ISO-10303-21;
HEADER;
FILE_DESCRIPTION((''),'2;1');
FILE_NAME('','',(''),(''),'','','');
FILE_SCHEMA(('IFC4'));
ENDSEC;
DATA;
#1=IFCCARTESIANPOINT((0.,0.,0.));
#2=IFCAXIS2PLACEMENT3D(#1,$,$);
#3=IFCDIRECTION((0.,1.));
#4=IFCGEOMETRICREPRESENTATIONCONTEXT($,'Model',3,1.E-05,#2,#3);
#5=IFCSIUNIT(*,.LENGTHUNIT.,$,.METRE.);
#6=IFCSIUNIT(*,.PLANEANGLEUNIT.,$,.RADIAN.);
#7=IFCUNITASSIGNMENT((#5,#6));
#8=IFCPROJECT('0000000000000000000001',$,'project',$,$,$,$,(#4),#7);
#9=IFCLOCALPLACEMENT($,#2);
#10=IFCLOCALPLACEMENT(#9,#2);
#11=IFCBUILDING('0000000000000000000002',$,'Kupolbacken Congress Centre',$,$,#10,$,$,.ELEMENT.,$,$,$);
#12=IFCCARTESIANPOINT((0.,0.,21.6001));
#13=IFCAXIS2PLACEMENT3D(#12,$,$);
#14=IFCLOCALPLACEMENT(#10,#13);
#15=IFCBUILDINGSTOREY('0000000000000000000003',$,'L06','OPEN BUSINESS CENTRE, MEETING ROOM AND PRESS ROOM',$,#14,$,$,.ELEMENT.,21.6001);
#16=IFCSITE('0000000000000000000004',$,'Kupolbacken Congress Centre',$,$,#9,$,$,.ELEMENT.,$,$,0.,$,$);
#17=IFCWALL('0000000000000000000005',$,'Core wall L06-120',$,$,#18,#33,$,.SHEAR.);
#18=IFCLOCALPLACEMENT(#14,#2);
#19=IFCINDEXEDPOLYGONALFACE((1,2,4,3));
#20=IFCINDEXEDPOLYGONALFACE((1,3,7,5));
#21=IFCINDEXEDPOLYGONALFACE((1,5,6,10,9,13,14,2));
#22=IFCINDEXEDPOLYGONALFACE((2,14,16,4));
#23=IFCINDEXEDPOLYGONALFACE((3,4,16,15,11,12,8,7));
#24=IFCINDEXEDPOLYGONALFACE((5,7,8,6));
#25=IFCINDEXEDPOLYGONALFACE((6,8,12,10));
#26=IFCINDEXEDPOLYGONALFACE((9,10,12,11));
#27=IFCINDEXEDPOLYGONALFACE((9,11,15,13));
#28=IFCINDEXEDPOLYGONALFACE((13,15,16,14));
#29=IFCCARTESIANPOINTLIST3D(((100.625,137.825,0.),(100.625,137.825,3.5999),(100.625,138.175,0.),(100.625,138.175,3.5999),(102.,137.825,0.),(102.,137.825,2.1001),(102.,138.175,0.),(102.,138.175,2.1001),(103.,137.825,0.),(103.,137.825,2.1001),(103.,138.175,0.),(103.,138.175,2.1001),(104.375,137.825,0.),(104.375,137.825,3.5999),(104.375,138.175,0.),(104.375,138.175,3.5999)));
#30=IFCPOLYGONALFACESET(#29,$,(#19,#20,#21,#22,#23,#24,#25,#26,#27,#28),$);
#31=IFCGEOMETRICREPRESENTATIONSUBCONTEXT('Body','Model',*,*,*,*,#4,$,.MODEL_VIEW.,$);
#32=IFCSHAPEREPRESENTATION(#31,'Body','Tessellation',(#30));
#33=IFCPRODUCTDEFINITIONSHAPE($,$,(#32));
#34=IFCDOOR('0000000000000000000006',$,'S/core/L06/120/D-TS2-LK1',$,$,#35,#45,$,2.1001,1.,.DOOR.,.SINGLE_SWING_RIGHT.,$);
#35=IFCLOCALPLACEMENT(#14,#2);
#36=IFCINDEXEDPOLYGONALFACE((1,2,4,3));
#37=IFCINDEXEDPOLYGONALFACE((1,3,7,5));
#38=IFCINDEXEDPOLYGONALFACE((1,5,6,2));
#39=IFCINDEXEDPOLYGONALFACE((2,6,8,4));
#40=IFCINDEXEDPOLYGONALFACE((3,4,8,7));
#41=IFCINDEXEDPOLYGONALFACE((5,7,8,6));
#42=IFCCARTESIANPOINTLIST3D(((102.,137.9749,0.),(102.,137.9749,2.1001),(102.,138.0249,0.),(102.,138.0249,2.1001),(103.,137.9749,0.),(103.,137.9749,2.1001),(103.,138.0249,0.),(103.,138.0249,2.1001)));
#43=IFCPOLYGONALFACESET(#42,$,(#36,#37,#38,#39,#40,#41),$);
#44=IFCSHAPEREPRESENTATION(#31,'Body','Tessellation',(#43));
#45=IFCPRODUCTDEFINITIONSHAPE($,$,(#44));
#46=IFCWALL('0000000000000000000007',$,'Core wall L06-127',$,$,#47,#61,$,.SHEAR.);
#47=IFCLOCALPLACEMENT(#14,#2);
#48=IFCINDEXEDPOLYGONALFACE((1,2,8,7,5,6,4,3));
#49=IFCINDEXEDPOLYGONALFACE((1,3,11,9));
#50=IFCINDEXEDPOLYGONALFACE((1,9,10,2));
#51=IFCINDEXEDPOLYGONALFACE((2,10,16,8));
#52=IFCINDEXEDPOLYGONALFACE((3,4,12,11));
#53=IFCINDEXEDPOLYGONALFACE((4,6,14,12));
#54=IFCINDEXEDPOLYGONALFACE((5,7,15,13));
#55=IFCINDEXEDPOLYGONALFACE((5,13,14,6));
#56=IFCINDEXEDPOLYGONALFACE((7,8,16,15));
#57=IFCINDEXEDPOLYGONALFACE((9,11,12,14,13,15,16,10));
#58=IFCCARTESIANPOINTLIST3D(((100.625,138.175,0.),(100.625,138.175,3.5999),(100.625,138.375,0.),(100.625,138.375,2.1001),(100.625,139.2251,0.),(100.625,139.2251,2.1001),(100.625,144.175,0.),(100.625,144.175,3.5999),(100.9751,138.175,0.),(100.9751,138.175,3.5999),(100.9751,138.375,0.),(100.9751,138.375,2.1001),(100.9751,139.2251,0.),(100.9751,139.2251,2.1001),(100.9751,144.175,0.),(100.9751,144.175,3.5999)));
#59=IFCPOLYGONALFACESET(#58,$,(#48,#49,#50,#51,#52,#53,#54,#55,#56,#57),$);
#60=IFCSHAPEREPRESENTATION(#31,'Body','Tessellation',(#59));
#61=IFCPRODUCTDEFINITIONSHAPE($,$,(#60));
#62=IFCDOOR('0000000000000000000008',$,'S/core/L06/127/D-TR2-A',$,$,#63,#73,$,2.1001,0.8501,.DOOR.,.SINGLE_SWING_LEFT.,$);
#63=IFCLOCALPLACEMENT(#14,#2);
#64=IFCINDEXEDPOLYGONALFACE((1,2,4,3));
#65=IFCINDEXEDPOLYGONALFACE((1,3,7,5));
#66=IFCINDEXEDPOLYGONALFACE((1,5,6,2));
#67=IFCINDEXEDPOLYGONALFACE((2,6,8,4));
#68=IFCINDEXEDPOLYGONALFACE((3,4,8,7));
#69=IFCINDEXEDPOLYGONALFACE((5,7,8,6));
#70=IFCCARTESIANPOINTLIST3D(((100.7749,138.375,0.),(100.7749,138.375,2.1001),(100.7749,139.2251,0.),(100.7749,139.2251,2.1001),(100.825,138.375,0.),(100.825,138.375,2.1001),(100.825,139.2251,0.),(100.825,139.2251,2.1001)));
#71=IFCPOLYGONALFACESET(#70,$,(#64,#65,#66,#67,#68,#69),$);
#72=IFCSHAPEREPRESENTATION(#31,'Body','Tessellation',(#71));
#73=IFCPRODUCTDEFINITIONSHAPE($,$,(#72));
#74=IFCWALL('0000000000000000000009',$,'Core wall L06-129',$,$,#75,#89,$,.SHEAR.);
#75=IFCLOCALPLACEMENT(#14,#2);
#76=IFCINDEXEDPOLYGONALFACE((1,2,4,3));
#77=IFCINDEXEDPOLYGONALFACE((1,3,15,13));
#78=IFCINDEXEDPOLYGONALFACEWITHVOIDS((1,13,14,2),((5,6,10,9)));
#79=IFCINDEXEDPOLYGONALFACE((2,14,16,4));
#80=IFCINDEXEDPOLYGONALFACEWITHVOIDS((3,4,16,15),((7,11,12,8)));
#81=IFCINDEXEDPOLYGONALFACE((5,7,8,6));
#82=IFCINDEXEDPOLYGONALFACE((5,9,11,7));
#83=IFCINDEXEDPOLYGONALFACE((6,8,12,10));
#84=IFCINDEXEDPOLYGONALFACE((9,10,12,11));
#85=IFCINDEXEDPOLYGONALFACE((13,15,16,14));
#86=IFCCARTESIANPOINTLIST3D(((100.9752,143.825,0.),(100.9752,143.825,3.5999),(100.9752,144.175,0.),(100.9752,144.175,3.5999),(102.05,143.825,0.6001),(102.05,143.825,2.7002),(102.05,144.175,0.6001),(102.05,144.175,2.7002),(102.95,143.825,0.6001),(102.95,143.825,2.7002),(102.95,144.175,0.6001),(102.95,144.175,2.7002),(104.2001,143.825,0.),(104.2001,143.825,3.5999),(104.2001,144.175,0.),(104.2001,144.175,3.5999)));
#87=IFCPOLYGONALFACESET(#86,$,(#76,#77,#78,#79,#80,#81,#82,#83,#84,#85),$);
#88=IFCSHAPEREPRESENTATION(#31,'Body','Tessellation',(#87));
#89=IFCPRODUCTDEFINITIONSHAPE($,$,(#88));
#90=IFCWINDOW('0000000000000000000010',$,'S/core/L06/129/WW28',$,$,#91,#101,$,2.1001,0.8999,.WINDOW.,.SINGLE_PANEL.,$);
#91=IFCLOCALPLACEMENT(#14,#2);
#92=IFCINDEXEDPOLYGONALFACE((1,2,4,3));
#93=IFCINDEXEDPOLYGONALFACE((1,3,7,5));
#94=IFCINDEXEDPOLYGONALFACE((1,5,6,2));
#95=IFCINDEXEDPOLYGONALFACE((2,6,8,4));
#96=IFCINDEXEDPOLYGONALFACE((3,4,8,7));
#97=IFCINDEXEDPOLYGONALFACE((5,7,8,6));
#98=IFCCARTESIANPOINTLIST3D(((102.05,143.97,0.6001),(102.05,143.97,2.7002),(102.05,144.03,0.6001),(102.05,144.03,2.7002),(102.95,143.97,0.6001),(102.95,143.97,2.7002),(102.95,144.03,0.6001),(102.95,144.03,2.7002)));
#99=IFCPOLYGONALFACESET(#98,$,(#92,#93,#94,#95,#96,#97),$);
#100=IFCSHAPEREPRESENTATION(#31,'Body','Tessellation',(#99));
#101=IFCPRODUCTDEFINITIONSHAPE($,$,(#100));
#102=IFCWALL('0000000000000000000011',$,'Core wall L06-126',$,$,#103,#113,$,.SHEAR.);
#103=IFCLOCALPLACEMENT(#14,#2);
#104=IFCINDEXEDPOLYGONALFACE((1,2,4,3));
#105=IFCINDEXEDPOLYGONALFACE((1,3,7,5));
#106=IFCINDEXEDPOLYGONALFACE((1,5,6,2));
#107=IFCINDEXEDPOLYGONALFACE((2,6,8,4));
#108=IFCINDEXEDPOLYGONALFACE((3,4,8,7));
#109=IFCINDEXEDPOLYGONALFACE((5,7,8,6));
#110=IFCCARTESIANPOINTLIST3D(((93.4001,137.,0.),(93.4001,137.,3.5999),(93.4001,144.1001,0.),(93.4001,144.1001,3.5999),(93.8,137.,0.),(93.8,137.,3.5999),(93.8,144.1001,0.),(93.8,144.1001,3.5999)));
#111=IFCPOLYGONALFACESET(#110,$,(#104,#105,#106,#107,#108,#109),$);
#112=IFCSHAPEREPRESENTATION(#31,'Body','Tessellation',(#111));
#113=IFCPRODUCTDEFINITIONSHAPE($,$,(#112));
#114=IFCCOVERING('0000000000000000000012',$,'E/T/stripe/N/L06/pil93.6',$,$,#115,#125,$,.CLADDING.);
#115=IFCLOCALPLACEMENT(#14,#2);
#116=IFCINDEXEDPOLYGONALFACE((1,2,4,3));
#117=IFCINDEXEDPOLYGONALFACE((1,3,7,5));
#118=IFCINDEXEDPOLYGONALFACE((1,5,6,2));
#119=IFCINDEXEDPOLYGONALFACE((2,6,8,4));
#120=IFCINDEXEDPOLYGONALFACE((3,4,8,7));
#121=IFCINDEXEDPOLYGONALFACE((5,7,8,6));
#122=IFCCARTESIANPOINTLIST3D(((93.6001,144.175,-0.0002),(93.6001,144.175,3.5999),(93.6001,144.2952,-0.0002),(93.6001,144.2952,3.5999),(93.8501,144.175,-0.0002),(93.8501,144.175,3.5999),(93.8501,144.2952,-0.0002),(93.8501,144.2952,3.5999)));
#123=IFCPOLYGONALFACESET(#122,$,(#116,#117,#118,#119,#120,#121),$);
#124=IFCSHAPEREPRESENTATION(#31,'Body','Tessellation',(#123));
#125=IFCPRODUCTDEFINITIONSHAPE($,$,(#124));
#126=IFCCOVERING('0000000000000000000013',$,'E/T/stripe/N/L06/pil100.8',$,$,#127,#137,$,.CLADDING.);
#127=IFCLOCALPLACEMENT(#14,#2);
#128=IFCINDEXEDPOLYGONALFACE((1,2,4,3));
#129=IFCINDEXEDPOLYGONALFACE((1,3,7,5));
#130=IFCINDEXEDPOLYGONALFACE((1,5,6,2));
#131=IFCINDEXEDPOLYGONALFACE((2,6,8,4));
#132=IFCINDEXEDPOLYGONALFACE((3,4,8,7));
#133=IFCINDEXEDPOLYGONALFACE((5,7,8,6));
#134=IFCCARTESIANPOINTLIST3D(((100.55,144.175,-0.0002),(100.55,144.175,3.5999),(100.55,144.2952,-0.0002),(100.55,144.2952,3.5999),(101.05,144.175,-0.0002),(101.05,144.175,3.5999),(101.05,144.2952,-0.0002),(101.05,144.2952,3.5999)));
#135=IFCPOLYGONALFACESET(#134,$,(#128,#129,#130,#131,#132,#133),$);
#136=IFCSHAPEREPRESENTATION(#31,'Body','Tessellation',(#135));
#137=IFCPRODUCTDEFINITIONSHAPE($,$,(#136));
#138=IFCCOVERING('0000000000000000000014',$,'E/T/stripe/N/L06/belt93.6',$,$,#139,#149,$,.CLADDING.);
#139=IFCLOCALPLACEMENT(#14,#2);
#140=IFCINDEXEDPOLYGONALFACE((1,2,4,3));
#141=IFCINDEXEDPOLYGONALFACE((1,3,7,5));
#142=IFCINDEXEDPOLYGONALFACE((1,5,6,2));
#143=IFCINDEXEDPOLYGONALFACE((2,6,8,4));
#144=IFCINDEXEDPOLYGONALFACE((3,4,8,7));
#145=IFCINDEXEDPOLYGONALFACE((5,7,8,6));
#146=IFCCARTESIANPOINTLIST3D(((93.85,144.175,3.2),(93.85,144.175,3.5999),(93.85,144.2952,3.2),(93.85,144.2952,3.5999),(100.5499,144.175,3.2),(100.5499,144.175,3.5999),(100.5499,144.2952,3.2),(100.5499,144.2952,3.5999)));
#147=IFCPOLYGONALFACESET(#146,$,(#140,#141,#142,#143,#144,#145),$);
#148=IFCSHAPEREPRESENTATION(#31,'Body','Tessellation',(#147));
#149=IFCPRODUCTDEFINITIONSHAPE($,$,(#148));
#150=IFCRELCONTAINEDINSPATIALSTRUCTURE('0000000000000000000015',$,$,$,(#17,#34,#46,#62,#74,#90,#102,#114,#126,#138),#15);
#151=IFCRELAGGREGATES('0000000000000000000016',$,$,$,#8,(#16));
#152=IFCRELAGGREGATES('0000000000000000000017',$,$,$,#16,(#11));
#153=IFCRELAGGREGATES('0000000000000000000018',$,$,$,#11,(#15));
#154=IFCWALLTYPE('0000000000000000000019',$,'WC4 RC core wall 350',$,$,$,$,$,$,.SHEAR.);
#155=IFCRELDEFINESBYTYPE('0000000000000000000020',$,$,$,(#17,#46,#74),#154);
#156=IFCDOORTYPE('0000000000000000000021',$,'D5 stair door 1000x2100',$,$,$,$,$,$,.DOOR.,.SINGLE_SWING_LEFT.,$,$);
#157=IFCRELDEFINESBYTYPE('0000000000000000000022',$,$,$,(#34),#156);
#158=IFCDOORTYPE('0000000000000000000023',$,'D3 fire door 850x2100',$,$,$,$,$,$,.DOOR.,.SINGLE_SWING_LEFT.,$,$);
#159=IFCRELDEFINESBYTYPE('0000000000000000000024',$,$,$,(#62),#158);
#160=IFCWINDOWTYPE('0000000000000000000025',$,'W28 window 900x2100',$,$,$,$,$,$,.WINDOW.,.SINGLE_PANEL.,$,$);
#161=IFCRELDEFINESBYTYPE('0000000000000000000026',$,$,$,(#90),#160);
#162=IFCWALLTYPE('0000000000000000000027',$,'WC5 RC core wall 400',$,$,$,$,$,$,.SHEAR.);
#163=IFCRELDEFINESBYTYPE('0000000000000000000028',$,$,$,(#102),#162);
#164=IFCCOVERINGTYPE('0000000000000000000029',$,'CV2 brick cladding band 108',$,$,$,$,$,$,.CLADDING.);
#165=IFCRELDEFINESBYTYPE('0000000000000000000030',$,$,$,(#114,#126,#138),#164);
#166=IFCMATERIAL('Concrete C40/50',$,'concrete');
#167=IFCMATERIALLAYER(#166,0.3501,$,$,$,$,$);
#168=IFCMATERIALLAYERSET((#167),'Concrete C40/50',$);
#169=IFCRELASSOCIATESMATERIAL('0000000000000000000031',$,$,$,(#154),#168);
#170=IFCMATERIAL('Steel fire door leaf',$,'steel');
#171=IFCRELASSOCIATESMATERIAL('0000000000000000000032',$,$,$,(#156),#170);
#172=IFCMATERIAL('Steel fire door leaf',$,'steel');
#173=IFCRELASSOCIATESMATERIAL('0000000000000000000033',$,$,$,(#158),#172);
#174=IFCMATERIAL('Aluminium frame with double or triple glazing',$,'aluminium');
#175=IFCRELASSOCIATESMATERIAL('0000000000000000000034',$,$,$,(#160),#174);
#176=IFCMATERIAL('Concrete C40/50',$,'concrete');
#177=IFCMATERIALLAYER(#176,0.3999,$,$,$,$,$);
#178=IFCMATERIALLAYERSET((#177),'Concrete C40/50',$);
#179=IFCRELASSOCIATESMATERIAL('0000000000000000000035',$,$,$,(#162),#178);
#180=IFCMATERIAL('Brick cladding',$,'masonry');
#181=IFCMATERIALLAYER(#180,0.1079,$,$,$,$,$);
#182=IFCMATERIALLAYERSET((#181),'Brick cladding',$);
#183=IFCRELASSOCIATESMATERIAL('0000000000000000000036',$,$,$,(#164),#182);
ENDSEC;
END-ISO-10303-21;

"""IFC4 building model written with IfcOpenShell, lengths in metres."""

from ifc_helpers import new_model, si_unit, direction, frame, frame_2d, origin, origin_2d, place, context, subcontext, project, spatial, rectangle, extrude, material, layer, layer_set, type_object, element, fill, save


model = new_model("IFC4")

# Units and contexts
model_context = context("Model", 3, precision=1e-05, world=origin(), true_north=direction((0.0, 1.0)))
body_context = subcontext(model_context, "Body", "Model", "MODEL_VIEW")
ifc_project = project(units=[si_unit("LENGTHUNIT", "METRE"), si_unit("PLANEANGLEUNIT", "RADIAN")], contexts=[model_context])

# Site, building, storey
site_placement = place(None, origin())
site = spatial("IfcSite", under=ifc_project, at=site_placement, Name="Kupolbacken Congress Centre", CompositionType="ELEMENT", RefElevation=0.0)
building_placement = place(site_placement, origin())
building = spatial("IfcBuilding", under=site, at=building_placement, Name="Kupolbacken Congress Centre", CompositionType="ELEMENT")
storey_placement = place(building_placement, frame((0.0, 0.0, 21.6001)))
storey = spatial("IfcBuildingStorey", under=building, at=storey_placement, Name="L06", Description="OPEN BUSINESS CENTRE, MEETING ROOM AND PRESS ROOM", CompositionType="ELEMENT", Elevation=21.6001)

# Walls, openings, doors
ifc_material_1 = material(Name="Concrete C40/50", Category="concrete")
ifc_layer_1 = layer(ifc_material_1, 0.3501)
ifc_layer_set_1 = layer_set([ifc_layer_1], Name="Concrete C40/50")
wall_type_1 = type_object("IfcWallType", Name="WC4 RC core wall 350", PredefinedType="SHEAR", material=ifc_layer_set_1)
wall_1_placement = place(storey_placement, frame((100.625, 138.0, 0.0), z_axis=(0.0, 0.0, 1.0), x_axis=(1.0, 0.0, 0.0)))
wall_1 = element("IfcWall", 1, at=wall_1_placement, inside=storey, type_object=wall_type_1, Name="Core wall L06-120", PredefinedType="SHEAR", context=body_context, shape_type="SweptSolid", body=[
    extrude(rectangle(XDim=3.75, YDim=0.3501, at=frame_2d((1.875, 0.0))), origin(), (0.0, 0.0, 1.0), 3.5999),
])
opening_1_placement = place(wall_1_placement, frame((1.375, 0.0, 0.0)))
opening_1 = element("IfcOpeningElement", 2, at=opening_1_placement, cuts=wall_1, PredefinedType="OPENING", context=body_context, shape_type="SweptSolid", body=[
    extrude(rectangle(XDim=1.0, YDim=2.1001, at=frame_2d((0.5, 1.05))), frame((0.0, 0.1851, 0.0), z_axis=(0.0, -1.0, 0.0), x_axis=(1.0, 0.0, 0.0)), (0.0, 0.0, 1.0), 0.3701),
])
ifc_material_2 = material(Name="Steel fire door leaf", Category="steel")
door_type_1 = type_object("IfcDoorType", Name="D5 stair door 1000x2100", OperationType="SINGLE_SWING_LEFT", PredefinedType="DOOR", material=ifc_material_2)
door_1_placement = place(opening_1_placement, origin())
door_1 = element("IfcDoor", 3, at=door_1_placement, inside=storey, type_object=door_type_1, Name="S/core/L06/120/D-TS2-LK1", OperationType="SINGLE_SWING_RIGHT", OverallHeight=2.1001, OverallWidth=1.0, PredefinedType="DOOR", context=body_context, shape_type="SweptSolid", body=[
    extrude(rectangle(XDim=1.0, YDim=2.1001, at=frame_2d((0.5, 1.05))), frame((0.0, 0.0249, 0.0), z_axis=(0.0, -1.0, 0.0), x_axis=(1.0, 0.0, 0.0)), (0.0, 0.0, 1.0), 0.05),
])
fill(opening_1, door_1)
wall_2_placement = place(storey_placement, frame((100.8, 144.175, 0.0), z_axis=(0.0, 0.0, 1.0), x_axis=(0.0, -1.0, 0.0)))
wall_2 = element("IfcWall", 4, at=wall_2_placement, inside=storey, type_object=wall_type_1, Name="Core wall L06-127", PredefinedType="SHEAR", context=body_context, shape_type="SweptSolid", body=[
    extrude(rectangle(XDim=6.0, YDim=0.3501, at=frame_2d((3.0, 0.0))), origin(), (0.0, 0.0, 1.0), 3.5999),
])
opening_2_placement = place(wall_2_placement, frame((4.95, 0.0, 0.0)))
opening_2 = element("IfcOpeningElement", 5, at=opening_2_placement, cuts=wall_2, PredefinedType="OPENING", context=body_context, shape_type="SweptSolid", body=[
    extrude(rectangle(XDim=0.8501, YDim=2.1001, at=frame_2d((0.425, 1.05))), frame((0.0, 0.1851, 0.0), z_axis=(0.0, -1.0, 0.0), x_axis=(1.0, 0.0, 0.0)), (0.0, 0.0, 1.0), 0.3701),
])
ifc_material_3 = material(Name="Steel fire door leaf", Category="steel")
door_type_2 = type_object("IfcDoorType", Name="D3 fire door 850x2100", OperationType="SINGLE_SWING_LEFT", PredefinedType="DOOR", material=ifc_material_3)
door_2_placement = place(opening_2_placement, origin())
door_2 = element("IfcDoor", 6, at=door_2_placement, inside=storey, type_object=door_type_2, Name="S/core/L06/127/D-TR2-A", OperationType="SINGLE_SWING_LEFT", OverallHeight=2.1001, OverallWidth=0.8501, PredefinedType="DOOR", context=body_context, shape_type="SweptSolid", body=[
    extrude(rectangle(XDim=0.8501, YDim=2.1001, at=frame_2d((0.425, 1.05))), frame((0.0, 0.0249, 0.0), z_axis=(0.0, -1.0, 0.0), x_axis=(1.0, 0.0, 0.0)), (0.0, 0.0, 1.0), 0.05),
])
fill(opening_2, door_2)

# Wall, opening, window
wall_3_placement = place(storey_placement, frame((104.2, 144.0, 0.0), z_axis=(0.0, 0.0, 1.0), x_axis=(-1.0, 0.0, 0.0)))
wall_3 = element("IfcWall", 7, at=wall_3_placement, inside=storey, type_object=wall_type_1, Name="Core wall L06-129", PredefinedType="SHEAR", context=body_context, shape_type="SweptSolid", body=[
    extrude(rectangle(XDim=3.2249, YDim=0.3501, at=frame_2d((1.6123, 0.0))), origin(), (0.0, 0.0, 1.0), 3.5999),
])
opening_3_placement = place(wall_3_placement, frame((1.25, 0.0, 0.6001)))
opening_3 = element("IfcOpeningElement", 8, at=opening_3_placement, cuts=wall_3, PredefinedType="OPENING", context=body_context, shape_type="SweptSolid", body=[
    extrude(rectangle(XDim=0.8999, YDim=2.1001, at=frame_2d((0.45, 1.05))), frame((0.0, 0.1851, 0.0), z_axis=(0.0, -1.0, 0.0), x_axis=(1.0, 0.0, 0.0)), (0.0, 0.0, 1.0), 0.3701),
])
ifc_material_4 = material(Name="Aluminium frame with double or triple glazing", Category="aluminium")
window_type_1 = type_object("IfcWindowType", Name="W28 window 900x2100", PartitioningType="SINGLE_PANEL", PredefinedType="WINDOW", material=ifc_material_4)
window_1_placement = place(opening_3_placement, origin())
window_1 = element("IfcWindow", 9, at=window_1_placement, inside=storey, type_object=window_type_1, Name="S/core/L06/129/WW28", OverallHeight=2.1001, OverallWidth=0.8999, PartitioningType="SINGLE_PANEL", PredefinedType="WINDOW", context=body_context, shape_type="SweptSolid", body=[
    extrude(rectangle(XDim=0.8999, YDim=2.1001, at=frame_2d((0.45, 1.05))), frame((0.0, 0.03, 0.0), z_axis=(0.0, -1.0, 0.0), x_axis=(1.0, 0.0, 0.0)), (0.0, 0.0, 1.0), 0.0601),
])
fill(opening_3, window_1)

# Wall
ifc_material_5 = material(Name="Concrete C40/50", Category="concrete")
ifc_layer_2 = layer(ifc_material_5, 0.3999)
ifc_layer_set_2 = layer_set([ifc_layer_2], Name="Concrete C40/50")
wall_type_2 = type_object("IfcWallType", Name="WC5 RC core wall 400", PredefinedType="SHEAR", material=ifc_layer_set_2)
wall_4_placement = place(storey_placement, frame((93.6001, 144.1001, 0.0), z_axis=(0.0, 0.0, 1.0), x_axis=(0.0, -1.0, 0.0)))
element("IfcWall", 10, at=wall_4_placement, inside=storey, type_object=wall_type_2, Name="Core wall L06-126", PredefinedType="SHEAR", context=body_context, shape_type="SweptSolid", body=[
    extrude(rectangle(XDim=7.1001, YDim=0.3999, at=frame_2d((3.55, 0.0))), origin(), (0.0, 0.0, 1.0), 3.5999),
])

# Coverings
ifc_material_6 = material(Name="Brick cladding", Category="masonry")
ifc_layer_3 = layer(ifc_material_6, 0.1079)
ifc_layer_set_3 = layer_set([ifc_layer_3], Name="Brick cladding")
covering_type = type_object("IfcCoveringType", Name="CV2 brick cladding band 108", PredefinedType="CLADDING", material=ifc_layer_set_3)
covering_1_placement = place(storey_placement, frame((93.7251, 144.2351, -0.0002), z_axis=(0.0, 0.0, 1.0), x_axis=(1.0, 0.0, 0.0)))
element("IfcCovering", 11, at=covering_1_placement, inside=storey, type_object=covering_type, Name="E/T/stripe/N/L06/pil93.6", PredefinedType="CLADDING", context=body_context, shape_type="SweptSolid", body=[
    extrude(rectangle(XDim=0.25, YDim=0.1201, at=origin_2d()), origin(), (0.0, 0.0, 1.0), 3.6001),
])
covering_2_placement = place(storey_placement, frame((100.8, 144.2351, -0.0002), z_axis=(0.0, 0.0, 1.0), x_axis=(1.0, 0.0, 0.0)))
element("IfcCovering", 12, at=covering_2_placement, inside=storey, type_object=covering_type, Name="E/T/stripe/N/L06/pil100.8", PredefinedType="CLADDING", context=body_context, shape_type="SweptSolid", body=[
    extrude(rectangle(XDim=0.5, YDim=0.1201, at=origin_2d()), origin(), (0.0, 0.0, 1.0), 3.6001),
])
covering_3_placement = place(storey_placement, frame((97.2, 144.2351, 3.2), z_axis=(0.0, 0.0, 1.0), x_axis=(1.0, 0.0, 0.0)))
element("IfcCovering", 13, at=covering_3_placement, inside=storey, type_object=covering_type, Name="E/T/stripe/N/L06/belt93.6", PredefinedType="CLADDING", context=body_context, shape_type="SweptSolid", body=[
    extrude(rectangle(XDim=6.7, YDim=0.1201, at=origin_2d()), origin(), (0.0, 0.0, 1.0), 0.3999),
])

save(model, "model.ifc")
